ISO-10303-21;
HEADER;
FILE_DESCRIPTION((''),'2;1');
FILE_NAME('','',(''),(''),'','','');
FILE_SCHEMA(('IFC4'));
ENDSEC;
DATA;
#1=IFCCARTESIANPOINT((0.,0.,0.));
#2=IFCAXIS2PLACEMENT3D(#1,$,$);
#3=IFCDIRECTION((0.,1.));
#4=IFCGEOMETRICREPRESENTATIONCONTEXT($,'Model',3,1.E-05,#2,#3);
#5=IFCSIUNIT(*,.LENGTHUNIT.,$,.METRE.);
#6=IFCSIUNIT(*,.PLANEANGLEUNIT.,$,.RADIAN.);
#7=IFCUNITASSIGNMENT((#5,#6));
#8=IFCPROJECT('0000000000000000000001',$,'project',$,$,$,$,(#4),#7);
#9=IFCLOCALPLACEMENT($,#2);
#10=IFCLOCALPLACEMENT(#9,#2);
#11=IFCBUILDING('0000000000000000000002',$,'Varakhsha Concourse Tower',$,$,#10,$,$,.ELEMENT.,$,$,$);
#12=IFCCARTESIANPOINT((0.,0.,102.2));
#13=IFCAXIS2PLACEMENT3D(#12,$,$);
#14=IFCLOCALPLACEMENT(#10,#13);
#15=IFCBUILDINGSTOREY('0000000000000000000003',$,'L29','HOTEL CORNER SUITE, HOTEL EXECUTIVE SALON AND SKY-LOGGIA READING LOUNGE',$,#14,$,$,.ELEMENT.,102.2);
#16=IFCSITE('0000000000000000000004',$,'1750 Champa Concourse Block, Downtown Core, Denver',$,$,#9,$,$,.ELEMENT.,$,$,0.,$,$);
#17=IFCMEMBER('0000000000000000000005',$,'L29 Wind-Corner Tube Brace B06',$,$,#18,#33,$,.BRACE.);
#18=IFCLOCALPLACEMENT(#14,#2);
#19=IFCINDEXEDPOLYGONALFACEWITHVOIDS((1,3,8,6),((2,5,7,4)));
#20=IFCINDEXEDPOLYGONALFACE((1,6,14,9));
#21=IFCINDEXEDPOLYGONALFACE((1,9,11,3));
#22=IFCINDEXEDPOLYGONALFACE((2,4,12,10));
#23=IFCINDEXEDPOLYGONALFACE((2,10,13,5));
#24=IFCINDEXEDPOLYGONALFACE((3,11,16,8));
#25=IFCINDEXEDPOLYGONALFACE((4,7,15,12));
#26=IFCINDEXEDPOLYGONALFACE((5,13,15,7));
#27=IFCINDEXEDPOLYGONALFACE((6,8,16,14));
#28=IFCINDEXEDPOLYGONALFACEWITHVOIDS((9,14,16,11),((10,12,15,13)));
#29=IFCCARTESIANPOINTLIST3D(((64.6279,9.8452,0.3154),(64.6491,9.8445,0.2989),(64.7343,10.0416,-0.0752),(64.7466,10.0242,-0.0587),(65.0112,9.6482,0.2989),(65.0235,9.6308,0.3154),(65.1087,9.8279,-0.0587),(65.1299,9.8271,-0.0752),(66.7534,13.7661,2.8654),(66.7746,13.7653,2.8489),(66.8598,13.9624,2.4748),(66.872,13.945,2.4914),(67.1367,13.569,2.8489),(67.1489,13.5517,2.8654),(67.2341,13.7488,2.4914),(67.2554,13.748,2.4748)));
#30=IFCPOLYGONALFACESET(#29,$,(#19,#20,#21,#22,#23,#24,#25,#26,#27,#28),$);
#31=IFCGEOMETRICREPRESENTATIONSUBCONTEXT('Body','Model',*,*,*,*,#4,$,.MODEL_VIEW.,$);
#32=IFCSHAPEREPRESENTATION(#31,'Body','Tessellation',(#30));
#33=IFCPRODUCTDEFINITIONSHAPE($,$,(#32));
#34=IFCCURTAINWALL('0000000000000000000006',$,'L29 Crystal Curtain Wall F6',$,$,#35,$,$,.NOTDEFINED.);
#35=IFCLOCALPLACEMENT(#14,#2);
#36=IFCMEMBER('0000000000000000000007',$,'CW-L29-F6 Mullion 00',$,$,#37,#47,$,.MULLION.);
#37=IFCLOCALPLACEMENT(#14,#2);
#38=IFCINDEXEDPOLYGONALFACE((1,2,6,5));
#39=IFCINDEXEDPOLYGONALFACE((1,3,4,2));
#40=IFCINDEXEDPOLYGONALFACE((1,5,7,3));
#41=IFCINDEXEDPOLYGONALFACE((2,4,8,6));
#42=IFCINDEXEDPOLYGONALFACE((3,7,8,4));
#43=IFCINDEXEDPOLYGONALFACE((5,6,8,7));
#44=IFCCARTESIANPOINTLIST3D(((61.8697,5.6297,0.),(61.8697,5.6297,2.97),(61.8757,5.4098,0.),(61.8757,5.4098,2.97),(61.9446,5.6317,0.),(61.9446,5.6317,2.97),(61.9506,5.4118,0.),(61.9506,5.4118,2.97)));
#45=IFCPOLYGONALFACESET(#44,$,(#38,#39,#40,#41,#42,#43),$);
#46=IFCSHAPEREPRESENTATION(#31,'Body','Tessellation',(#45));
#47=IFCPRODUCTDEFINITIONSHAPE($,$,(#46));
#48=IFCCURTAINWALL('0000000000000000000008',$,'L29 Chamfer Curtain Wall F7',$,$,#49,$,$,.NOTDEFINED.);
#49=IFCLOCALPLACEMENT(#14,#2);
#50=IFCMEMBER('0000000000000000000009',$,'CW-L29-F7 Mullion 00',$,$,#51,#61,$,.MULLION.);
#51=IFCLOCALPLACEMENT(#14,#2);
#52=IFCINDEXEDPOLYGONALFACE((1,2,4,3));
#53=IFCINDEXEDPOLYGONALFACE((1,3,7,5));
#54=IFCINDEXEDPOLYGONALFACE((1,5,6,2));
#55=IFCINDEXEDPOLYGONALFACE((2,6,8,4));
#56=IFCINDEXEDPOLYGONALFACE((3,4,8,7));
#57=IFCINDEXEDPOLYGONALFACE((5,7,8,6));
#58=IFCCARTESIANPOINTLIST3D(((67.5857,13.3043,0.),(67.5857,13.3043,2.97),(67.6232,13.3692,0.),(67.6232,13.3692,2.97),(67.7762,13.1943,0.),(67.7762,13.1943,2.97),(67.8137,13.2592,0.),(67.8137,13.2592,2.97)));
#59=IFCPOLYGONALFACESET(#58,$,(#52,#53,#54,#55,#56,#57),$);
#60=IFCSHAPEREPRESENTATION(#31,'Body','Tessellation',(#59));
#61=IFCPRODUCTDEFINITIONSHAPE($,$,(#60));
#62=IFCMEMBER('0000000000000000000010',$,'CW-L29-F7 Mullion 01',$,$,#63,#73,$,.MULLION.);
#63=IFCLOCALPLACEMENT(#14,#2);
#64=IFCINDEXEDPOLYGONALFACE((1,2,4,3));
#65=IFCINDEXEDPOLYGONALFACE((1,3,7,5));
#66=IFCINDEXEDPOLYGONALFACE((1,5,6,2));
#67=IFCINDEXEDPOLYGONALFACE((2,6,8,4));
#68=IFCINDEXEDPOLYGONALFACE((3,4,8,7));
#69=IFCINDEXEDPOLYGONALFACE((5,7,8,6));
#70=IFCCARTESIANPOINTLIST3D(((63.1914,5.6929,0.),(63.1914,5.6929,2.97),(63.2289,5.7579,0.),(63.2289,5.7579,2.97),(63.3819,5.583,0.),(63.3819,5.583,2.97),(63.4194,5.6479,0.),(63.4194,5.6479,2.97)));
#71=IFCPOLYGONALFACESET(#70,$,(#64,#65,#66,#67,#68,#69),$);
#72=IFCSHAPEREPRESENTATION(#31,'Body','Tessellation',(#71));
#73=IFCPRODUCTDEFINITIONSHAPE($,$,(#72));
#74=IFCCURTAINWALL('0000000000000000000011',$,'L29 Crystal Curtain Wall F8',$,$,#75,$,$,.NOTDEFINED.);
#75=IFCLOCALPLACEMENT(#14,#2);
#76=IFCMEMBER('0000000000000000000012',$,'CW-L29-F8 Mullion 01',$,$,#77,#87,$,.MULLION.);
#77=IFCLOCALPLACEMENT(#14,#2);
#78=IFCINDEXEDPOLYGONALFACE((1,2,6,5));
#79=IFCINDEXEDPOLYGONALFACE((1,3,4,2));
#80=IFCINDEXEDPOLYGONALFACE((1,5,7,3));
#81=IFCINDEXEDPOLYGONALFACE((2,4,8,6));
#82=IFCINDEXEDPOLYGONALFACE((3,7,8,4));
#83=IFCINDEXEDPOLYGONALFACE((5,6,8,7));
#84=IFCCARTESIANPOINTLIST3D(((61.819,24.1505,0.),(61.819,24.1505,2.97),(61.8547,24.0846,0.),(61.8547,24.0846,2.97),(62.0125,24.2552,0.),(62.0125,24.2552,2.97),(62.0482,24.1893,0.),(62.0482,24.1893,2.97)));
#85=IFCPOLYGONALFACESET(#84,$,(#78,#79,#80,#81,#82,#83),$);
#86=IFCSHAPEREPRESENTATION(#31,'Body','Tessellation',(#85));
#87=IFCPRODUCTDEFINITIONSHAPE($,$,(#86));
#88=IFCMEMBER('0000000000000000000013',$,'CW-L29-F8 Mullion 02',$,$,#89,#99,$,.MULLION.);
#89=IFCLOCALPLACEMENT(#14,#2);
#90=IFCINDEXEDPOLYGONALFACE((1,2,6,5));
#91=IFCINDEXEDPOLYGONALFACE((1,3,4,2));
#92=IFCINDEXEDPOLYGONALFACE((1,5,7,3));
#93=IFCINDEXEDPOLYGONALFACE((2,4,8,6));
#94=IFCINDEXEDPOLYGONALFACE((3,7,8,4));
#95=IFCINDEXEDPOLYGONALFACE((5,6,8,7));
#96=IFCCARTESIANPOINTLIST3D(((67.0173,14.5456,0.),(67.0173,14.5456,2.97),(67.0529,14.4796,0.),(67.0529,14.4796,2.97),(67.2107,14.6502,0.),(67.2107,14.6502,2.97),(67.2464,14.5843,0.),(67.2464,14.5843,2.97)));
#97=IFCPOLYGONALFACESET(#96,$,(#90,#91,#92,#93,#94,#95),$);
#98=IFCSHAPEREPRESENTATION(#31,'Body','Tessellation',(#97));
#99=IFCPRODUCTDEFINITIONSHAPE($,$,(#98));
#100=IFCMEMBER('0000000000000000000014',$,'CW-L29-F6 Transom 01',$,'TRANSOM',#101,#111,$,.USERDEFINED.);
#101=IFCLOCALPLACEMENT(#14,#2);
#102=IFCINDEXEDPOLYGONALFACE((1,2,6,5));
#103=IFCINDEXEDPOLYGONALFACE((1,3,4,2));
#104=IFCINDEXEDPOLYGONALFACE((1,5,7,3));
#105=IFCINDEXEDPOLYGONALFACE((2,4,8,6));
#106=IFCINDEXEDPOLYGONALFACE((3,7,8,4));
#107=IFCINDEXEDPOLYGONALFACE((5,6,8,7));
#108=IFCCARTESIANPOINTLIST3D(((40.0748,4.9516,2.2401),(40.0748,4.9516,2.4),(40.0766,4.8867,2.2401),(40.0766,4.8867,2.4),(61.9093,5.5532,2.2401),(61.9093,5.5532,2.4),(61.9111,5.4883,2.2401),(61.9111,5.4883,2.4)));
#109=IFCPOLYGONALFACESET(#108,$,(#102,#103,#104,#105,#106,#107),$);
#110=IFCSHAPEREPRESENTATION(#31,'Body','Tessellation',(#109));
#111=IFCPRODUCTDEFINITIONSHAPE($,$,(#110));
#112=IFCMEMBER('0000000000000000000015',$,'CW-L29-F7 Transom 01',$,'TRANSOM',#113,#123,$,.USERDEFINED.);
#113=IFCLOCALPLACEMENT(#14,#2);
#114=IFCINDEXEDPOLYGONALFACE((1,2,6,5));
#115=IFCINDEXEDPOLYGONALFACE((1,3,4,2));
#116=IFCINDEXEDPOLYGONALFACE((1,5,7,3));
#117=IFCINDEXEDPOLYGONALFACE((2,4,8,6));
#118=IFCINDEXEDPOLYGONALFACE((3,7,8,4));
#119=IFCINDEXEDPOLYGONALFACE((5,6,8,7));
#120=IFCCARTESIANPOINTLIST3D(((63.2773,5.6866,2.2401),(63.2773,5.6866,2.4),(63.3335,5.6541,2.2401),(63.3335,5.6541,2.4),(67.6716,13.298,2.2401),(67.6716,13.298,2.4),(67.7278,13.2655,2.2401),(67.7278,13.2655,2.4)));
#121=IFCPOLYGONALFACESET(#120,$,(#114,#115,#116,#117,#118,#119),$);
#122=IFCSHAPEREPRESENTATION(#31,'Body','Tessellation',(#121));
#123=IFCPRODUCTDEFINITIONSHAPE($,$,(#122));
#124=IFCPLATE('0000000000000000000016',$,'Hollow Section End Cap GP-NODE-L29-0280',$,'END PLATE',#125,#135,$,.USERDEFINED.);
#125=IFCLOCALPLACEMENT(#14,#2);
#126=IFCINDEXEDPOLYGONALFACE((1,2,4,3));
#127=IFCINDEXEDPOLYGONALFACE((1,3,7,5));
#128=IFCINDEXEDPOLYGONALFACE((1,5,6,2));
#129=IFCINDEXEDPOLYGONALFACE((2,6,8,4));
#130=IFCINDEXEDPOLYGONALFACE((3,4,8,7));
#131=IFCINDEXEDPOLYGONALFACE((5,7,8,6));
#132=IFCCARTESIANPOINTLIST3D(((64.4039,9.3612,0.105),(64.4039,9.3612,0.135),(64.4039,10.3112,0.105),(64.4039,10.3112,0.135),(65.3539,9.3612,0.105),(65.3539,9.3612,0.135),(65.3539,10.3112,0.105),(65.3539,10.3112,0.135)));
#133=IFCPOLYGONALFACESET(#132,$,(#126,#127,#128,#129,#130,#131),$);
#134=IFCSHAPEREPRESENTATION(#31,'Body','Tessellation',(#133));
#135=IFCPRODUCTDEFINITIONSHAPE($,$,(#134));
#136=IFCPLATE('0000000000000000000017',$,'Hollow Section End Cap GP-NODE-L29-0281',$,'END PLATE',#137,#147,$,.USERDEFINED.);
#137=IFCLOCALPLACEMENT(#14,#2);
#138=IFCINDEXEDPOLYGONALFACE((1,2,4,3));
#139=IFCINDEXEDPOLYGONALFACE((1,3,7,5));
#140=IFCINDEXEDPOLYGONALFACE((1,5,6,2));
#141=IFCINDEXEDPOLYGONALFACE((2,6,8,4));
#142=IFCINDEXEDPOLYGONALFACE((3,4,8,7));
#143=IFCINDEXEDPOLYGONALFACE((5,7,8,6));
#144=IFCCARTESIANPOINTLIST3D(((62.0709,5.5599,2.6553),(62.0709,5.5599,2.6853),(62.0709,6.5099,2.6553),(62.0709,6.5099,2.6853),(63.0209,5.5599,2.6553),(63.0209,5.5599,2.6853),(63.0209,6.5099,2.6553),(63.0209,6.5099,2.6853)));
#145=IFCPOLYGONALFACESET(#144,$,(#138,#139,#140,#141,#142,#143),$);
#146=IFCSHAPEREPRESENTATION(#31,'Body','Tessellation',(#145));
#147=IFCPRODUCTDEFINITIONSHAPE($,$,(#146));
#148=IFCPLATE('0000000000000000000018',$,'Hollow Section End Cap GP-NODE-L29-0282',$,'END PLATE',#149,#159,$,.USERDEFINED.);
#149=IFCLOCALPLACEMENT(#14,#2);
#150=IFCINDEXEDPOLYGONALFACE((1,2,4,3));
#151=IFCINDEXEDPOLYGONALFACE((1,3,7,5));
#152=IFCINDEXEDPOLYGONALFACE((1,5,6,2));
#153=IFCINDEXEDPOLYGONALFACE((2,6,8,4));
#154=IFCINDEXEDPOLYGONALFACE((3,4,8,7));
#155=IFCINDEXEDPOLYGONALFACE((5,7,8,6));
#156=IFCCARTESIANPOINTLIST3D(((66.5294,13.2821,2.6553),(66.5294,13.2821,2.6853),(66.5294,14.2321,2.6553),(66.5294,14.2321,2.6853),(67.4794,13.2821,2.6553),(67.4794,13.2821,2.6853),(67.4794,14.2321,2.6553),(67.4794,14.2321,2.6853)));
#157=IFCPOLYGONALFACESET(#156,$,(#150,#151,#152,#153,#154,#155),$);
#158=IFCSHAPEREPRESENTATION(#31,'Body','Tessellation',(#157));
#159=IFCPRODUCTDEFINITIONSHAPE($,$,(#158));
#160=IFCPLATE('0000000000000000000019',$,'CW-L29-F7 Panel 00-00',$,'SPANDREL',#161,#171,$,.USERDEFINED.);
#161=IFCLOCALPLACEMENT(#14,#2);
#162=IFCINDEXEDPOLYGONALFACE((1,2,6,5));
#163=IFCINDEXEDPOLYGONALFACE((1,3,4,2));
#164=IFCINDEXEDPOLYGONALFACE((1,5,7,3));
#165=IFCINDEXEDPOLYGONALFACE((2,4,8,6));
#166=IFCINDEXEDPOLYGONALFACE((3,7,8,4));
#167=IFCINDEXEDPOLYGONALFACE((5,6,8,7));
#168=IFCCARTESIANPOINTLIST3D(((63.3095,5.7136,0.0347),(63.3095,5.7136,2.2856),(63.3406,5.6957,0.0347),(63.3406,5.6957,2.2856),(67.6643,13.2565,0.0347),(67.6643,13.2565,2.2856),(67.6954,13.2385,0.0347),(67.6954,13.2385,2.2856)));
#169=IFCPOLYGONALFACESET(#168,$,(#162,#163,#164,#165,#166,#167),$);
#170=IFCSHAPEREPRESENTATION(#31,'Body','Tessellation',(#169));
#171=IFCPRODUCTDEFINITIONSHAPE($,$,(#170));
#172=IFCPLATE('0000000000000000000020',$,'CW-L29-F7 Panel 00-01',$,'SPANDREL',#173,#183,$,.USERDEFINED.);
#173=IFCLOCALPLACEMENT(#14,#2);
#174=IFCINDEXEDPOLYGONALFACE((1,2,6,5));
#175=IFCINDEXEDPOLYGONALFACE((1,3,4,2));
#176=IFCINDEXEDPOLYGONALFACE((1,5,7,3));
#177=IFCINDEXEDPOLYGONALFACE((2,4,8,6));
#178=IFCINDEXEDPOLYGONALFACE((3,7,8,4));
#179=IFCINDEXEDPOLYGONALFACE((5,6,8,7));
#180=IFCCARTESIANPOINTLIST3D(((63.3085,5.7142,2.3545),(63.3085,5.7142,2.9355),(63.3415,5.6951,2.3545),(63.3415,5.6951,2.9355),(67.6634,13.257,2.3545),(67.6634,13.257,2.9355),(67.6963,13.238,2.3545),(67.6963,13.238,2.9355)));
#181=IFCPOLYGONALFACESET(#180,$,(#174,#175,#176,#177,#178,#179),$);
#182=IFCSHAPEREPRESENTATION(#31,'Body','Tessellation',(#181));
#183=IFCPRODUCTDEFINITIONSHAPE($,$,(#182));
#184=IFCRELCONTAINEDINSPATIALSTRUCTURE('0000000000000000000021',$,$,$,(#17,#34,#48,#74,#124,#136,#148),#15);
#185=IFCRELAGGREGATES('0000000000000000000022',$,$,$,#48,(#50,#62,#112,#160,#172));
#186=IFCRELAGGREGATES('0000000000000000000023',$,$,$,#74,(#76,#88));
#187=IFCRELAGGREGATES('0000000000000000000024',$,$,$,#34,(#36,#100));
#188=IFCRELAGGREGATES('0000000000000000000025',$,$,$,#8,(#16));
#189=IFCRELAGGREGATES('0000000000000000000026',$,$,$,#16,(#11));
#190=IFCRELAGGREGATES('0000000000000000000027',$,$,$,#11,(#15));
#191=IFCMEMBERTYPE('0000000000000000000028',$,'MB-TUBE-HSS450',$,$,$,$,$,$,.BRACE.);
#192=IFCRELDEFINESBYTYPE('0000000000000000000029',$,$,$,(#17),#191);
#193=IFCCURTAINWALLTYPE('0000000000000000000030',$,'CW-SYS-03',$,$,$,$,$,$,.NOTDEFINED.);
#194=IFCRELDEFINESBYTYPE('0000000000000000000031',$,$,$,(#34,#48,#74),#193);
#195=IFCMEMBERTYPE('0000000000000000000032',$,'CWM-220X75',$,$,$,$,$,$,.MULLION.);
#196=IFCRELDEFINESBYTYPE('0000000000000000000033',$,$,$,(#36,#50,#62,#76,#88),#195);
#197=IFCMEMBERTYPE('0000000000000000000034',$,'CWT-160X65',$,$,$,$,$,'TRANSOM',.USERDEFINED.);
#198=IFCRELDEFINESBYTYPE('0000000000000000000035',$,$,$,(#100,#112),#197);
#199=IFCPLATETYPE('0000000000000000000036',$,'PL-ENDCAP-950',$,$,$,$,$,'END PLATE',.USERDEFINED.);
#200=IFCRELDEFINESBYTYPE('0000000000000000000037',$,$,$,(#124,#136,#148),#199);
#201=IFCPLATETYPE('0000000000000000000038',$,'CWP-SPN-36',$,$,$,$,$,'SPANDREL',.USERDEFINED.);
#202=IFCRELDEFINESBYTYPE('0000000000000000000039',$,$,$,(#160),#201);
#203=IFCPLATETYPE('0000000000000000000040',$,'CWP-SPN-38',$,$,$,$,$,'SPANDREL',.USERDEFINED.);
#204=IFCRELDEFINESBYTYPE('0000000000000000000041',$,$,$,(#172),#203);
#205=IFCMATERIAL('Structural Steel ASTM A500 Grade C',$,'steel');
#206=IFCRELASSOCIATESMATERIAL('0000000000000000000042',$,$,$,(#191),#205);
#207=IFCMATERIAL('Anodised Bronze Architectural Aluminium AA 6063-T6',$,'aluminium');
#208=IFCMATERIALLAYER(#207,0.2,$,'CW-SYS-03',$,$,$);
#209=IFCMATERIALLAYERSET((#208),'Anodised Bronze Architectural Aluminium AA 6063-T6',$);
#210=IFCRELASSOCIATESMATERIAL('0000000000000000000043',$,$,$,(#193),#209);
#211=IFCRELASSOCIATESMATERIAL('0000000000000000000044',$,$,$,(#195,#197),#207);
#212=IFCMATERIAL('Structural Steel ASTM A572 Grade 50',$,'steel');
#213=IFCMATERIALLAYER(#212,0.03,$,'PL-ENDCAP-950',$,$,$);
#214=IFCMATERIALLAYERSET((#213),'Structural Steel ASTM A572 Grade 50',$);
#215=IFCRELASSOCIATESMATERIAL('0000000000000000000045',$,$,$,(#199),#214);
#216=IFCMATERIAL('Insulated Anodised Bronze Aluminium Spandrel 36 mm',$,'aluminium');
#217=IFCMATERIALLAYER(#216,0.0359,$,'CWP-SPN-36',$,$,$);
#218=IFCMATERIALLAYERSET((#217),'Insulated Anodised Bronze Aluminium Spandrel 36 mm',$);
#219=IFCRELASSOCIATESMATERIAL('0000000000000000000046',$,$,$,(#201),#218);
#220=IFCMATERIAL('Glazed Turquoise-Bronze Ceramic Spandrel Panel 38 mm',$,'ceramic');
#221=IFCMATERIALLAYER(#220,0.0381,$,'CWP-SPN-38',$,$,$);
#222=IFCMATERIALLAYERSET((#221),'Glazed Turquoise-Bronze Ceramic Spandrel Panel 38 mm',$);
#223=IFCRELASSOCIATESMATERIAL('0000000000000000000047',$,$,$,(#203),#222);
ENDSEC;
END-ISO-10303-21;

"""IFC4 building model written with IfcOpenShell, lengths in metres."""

from ifc_helpers import new_model, si_unit, direction, frame, origin, origin_2d, place, context, subcontext, project, spatial, rectangle, hollow_rectangle, extrude, source, transform, mapped, material, layer, layer_set, material_profile, profile_set, type_object, type_shapes, element, aggregate, save


model = new_model("IFC4")

# Units and contexts
model_context = context("Model", 3, precision=1e-05, world=origin(), true_north=direction((0.0, 1.0)))
body_context = subcontext(model_context, "Body", "Model", "MODEL_VIEW")
ifc_project = project(units=[si_unit("LENGTHUNIT", "METRE"), si_unit("PLANEANGLEUNIT", "RADIAN")], contexts=[model_context])

# Site, building, storey
site_placement = place(None, origin())
site = spatial("IfcSite", under=ifc_project, at=site_placement, Name="1750 Champa Concourse Block, Downtown Core, Denver", CompositionType="ELEMENT", RefElevation=0.0)
building_placement = place(site_placement, origin())
building = spatial("IfcBuilding", under=site, at=building_placement, Name="Varakhsha Concourse Tower", CompositionType="ELEMENT")
storey_placement = place(building_placement, frame((0.0, 0.0, 102.2)))
storey = spatial("IfcBuildingStorey", under=building, at=storey_placement, Name="L29", Description="HOTEL CORNER SUITE, HOTEL EXECUTIVE SALON AND SKY-LOGGIA READING LOUNGE", CompositionType="ELEMENT", Elevation=102.2)

# Shared definitions
ifc_material_1 = material(Name="Structural Steel ASTM A572 Grade 50", Category="steel")

# Member
ifc_material_2 = material(Name="Structural Steel ASTM A500 Grade C", Category="steel")
ifc_material_profile_1 = material_profile(ifc_material_2, hollow_rectangle(XDim=0.45, YDim=0.45, WallThickness=0.019, at=origin_2d()), Name="HSS 450x450x19")
ifc_profile_set_1 = profile_set([ifc_material_profile_1], Name="Structural Steel ASTM A500 Grade C")
member_type_1 = type_object("IfcMemberType", Name="MB-TUBE-HSS450", PredefinedType="BRACE", material=ifc_profile_set_1)
shared_shape_1 = source(origin(), body_context, "Body", "SweptSolid", [
    extrude(hollow_rectangle(XDim=0.45, YDim=0.45, WallThickness=0.019, at=origin_2d()), origin(), (0.0, 0.0, 1.0), 5.1375),
])
member_1_placement = place(storey_placement, frame((64.8789, 9.8362, 0.1201), z_axis=(0.41372, 0.763192, 0.49636), x_axis=(-0.879135, 0.476572, 0.0)))
element("IfcMember", 1, at=member_1_placement, inside=storey, type_object=member_type_1, Name="L29 Wind-Corner Tube Brace B06", PredefinedType="BRACE", context=body_context, shape_type="MappedRepresentation", body=[
    mapped(shared_shape_1, transform((0.0, 0.0, 0.0), scale=1.0)),
])

# Curtain wall, member
ifc_material_3 = material(Name="Anodised Bronze Architectural Aluminium AA 6063-T6", Category="aluminium")
ifc_layer_1 = layer(ifc_material_3, 0.2, Name="CW-SYS-03")
ifc_layer_set_1 = layer_set([ifc_layer_1], Name="Anodised Bronze Architectural Aluminium AA 6063-T6")
curtain_wall_type = type_object("IfcCurtainWallType", Name="CW-SYS-03", PredefinedType="NOTDEFINED", material=ifc_layer_set_1)
curtain_wall_1_placement = place(storey_placement, origin())
curtain_wall_1 = element("IfcCurtainWall", 2, at=curtain_wall_1_placement, inside=storey, type_object=curtain_wall_type, Name="L29 Crystal Curtain Wall F6", PredefinedType="NOTDEFINED")
ifc_material_profile_2 = material_profile(ifc_material_3, rectangle(XDim=0.075, YDim=0.22, at=origin_2d()), Name="CWM-220X75")
ifc_profile_set_2 = profile_set([ifc_material_profile_2], Name="Anodised Bronze Architectural Aluminium AA 6063-T6")
member_type_2 = type_object("IfcMemberType", Name="CWM-220X75", PredefinedType="MULLION", material=ifc_profile_set_2)
shared_shape_2 = source(origin(), body_context, "Body", "SweptSolid", [
    extrude(rectangle(XDim=0.075, YDim=0.22, at=origin_2d()), origin(), (0.0, 0.0, 1.0), 2.97),
])
type_shapes(member_type_2, [shared_shape_2])
member_2_placement = place(storey_placement, frame((61.9102, 5.5208, 0.0), z_axis=(0.0, 0.0, 1.0), x_axis=(-0.999621, -0.027547, 0.0)))
member_2 = element("IfcMember", 3, at=member_2_placement, type_object=member_type_2, Name="CW-L29-F6 Mullion 00", PredefinedType="MULLION", context=body_context, shape_type="MappedRepresentation", body=[
    mapped(shared_shape_2, transform((0.0, 0.0, 0.0), scale=1.0)),
])

# Curtain walls, members
curtain_wall_2_placement = place(storey_placement, origin())
curtain_wall_2 = element("IfcCurtainWall", 4, at=curtain_wall_2_placement, inside=storey, type_object=curtain_wall_type, Name="L29 Chamfer Curtain Wall F7", PredefinedType="NOTDEFINED")
member_3_placement = place(storey_placement, frame((67.6997, 13.2817, 0.0), z_axis=(0.0, 0.0, 1.0), x_axis=(-0.499997, -0.866027, 0.0)))
member_3 = element("IfcMember", 5, at=member_3_placement, type_object=member_type_2, Name="CW-L29-F7 Mullion 00", PredefinedType="MULLION", context=body_context, shape_type="MappedRepresentation", body=[
    mapped(shared_shape_2, transform((0.0, 0.0, 0.0), scale=1.0)),
])
member_4_placement = place(storey_placement, frame((63.3054, 5.6704, 0.0), z_axis=(0.0, 0.0, 1.0), x_axis=(-0.499997, -0.866027, 0.0)))
member_4 = element("IfcMember", 6, at=member_4_placement, type_object=member_type_2, Name="CW-L29-F7 Mullion 01", PredefinedType="MULLION", context=body_context, shape_type="MappedRepresentation", body=[
    mapped(shared_shape_2, transform((0.0, 0.0, 0.0), scale=1.0)),
])
curtain_wall_3_placement = place(storey_placement, origin())
curtain_wall_3 = element("IfcCurtainWall", 7, at=curtain_wall_3_placement, inside=storey, type_object=curtain_wall_type, Name="L29 Crystal Curtain Wall F8", PredefinedType="NOTDEFINED")
member_5_placement = place(storey_placement, frame((61.9336, 24.1699, 0.0), z_axis=(0.0, 0.0, 1.0), x_axis=(0.475959, -0.879468, 0.0)))
member_5 = element("IfcMember", 8, at=member_5_placement, type_object=member_type_2, Name="CW-L29-F8 Mullion 01", PredefinedType="MULLION", context=body_context, shape_type="MappedRepresentation", body=[
    mapped(shared_shape_2, transform((0.0, 0.0, 0.0), scale=1.0)),
])
member_6_placement = place(storey_placement, frame((67.1318, 14.5649, 0.0), z_axis=(0.0, 0.0, 1.0), x_axis=(0.475959, -0.879468, 0.0)))
member_6 = element("IfcMember", 9, at=member_6_placement, type_object=member_type_2, Name="CW-L29-F8 Mullion 02", PredefinedType="MULLION", context=body_context, shape_type="MappedRepresentation", body=[
    mapped(shared_shape_2, transform((0.0, 0.0, 0.0), scale=1.0)),
])

# Members
ifc_material_profile_3 = material_profile(ifc_material_3, rectangle(XDim=0.0649, YDim=0.1599, at=origin_2d()), Name="CWT-160X65")
ifc_profile_set_3 = profile_set([ifc_material_profile_3], Name="Anodised Bronze Architectural Aluminium AA 6063-T6")
member_type_3 = type_object("IfcMemberType", Name="CWT-160X65", ElementType="TRANSOM", PredefinedType="USERDEFINED", material=ifc_profile_set_3)
shared_shape_3 = source(origin(), body_context, "Body", "SweptSolid", [
    extrude(rectangle(XDim=0.0649, YDim=0.1599, at=origin_2d()), origin(), (0.0, 0.0, 1.0), 21.8428),
])
member_7_placement = place(storey_placement, frame((61.9102, 5.5208, 2.3201), z_axis=(-0.999621, -0.027541, 0.0), x_axis=(0.027541, -0.999621, 0.0)))
member_7 = element("IfcMember", 10, at=member_7_placement, type_object=member_type_3, Name="CW-L29-F6 Transom 01", ObjectType="TRANSOM", PredefinedType="USERDEFINED", context=body_context, shape_type="MappedRepresentation", body=[
    mapped(shared_shape_3, transform((0.0, 0.0, 0.0), scale=1.0)),
])
shared_shape_4 = source(origin(), body_context, "Body", "SweptSolid", [
    extrude(rectangle(XDim=0.0649, YDim=0.1599, at=origin_2d()), origin(), (0.0, 0.0, 1.0), 8.7888),
])
type_shapes(member_type_3, [shared_shape_3, shared_shape_4])
member_8_placement = place(storey_placement, frame((67.6997, 13.2817, 2.3201), z_axis=(-0.49999, -0.866031, 0.0), x_axis=(0.866031, -0.49999, 0.0)))
member_8 = element("IfcMember", 11, at=member_8_placement, type_object=member_type_3, Name="CW-L29-F7 Transom 01", ObjectType="TRANSOM", PredefinedType="USERDEFINED", context=body_context, shape_type="MappedRepresentation", body=[
    mapped(shared_shape_4, transform((0.0, 0.0, 0.0), scale=1.0)),
])

# Plates
ifc_layer_2 = layer(ifc_material_1, 0.03, Name="PL-ENDCAP-950")
ifc_layer_set_2 = layer_set([ifc_layer_2], Name="Structural Steel ASTM A572 Grade 50")
plate_type_1 = type_object("IfcPlateType", Name="PL-ENDCAP-950", ElementType="END PLATE", PredefinedType="USERDEFINED", material=ifc_layer_set_2)
shared_shape_5 = source(origin(), body_context, "Body", "SweptSolid", [
    extrude(rectangle(XDim=0.95, YDim=0.95, at=origin_2d()), origin(), (0.0, 0.0, 1.0), 0.03),
])
type_shapes(plate_type_1, [shared_shape_5])
for number, where, z_axis, x_axis, name in (
    (12, (64.8789, 9.8362, 0.105), (0.0, 0.0, 1.0), (1.0, 0.0, 0.0), "Hollow Section End Cap GP-NODE-L29-0280"),
    (13, (62.5459, 6.0349, 2.6553), (0.0, 0.0, 1.0), (1.0, 0.0, 0.0), "Hollow Section End Cap GP-NODE-L29-0281"),
    (14, (67.0044, 13.7571, 2.6553), (0.0, 0.0, 1.0), (1.0, 0.0, 0.0), "Hollow Section End Cap GP-NODE-L29-0282"),
):
    element("IfcPlate", number, at=place(storey_placement, frame(where, z_axis=z_axis, x_axis=x_axis)), inside=storey, type_object=plate_type_1, Name=name, ObjectType="END PLATE", PredefinedType="USERDEFINED", context=body_context, shape_type="MappedRepresentation", body=[
        mapped(shared_shape_5, transform((0.0, 0.0, 0.0), scale=1.0)),
    ])

# Plates
ifc_material_4 = material(Name="Insulated Anodised Bronze Aluminium Spandrel 36 mm", Category="aluminium")
ifc_layer_3 = layer(ifc_material_4, 0.0359, Name="CWP-SPN-36")
ifc_layer_set_3 = layer_set([ifc_layer_3], Name="Insulated Anodised Bronze Aluminium Spandrel 36 mm")
plate_type_2 = type_object("IfcPlateType", Name="CWP-SPN-36", ElementType="SPANDREL", PredefinedType="USERDEFINED", material=ifc_layer_set_3)
shared_shape_6 = source(origin(), body_context, "Body", "SweptSolid", [
    extrude(rectangle(XDim=8.7097, YDim=0.0359, at=origin_2d()), origin(), (0.0, 0.0, 1.0), 2.251),
])
type_shapes(plate_type_2, [shared_shape_6])
plate_1_placement = place(storey_placement, frame((65.5024, 9.4761, 0.0347), z_axis=(0.0, 0.0, 1.0), x_axis=(-0.499997, -0.866027, 0.0)))
plate_1 = element("IfcPlate", 15, at=plate_1_placement, type_object=plate_type_2, Name="CW-L29-F7 Panel 00-00", ObjectType="SPANDREL", PredefinedType="USERDEFINED", context=body_context, shape_type="MappedRepresentation", body=[
    mapped(shared_shape_6, transform((0.0, 0.0, 0.0), scale=1.0)),
])
ifc_material_5 = material(Name="Glazed Turquoise-Bronze Ceramic Spandrel Panel 38 mm", Category="ceramic")
ifc_layer_4 = layer(ifc_material_5, 0.0381, Name="CWP-SPN-38")
ifc_layer_set_4 = layer_set([ifc_layer_4], Name="Glazed Turquoise-Bronze Ceramic Spandrel Panel 38 mm")
plate_type_3 = type_object("IfcPlateType", Name="CWP-SPN-38", ElementType="SPANDREL", PredefinedType="USERDEFINED", material=ifc_layer_set_4)
shared_shape_7 = source(origin(), body_context, "Body", "SweptSolid", [
    extrude(rectangle(XDim=8.7097, YDim=0.0381, at=origin_2d()), origin(), (0.0, 0.0, 1.0), 0.5811),
])
plate_2_placement = place(storey_placement, frame((65.5024, 9.4761, 2.3545), z_axis=(0.0, 0.0, 1.0), x_axis=(-0.499997, -0.866027, 0.0)))
plate_2 = element("IfcPlate", 16, at=plate_2_placement, type_object=plate_type_3, Name="CW-L29-F7 Panel 00-01", ObjectType="SPANDREL", PredefinedType="USERDEFINED", context=body_context, shape_type="MappedRepresentation", body=[
    mapped(shared_shape_7, transform((0.0, 0.0, 0.0), scale=1.0)),
])
aggregate(curtain_wall_2, [member_3, member_4, member_8, plate_1, plate_2])
aggregate(curtain_wall_3, [member_5, member_6])
aggregate(curtain_wall_1, [member_2, member_7])

save(model, "model.ifc")
